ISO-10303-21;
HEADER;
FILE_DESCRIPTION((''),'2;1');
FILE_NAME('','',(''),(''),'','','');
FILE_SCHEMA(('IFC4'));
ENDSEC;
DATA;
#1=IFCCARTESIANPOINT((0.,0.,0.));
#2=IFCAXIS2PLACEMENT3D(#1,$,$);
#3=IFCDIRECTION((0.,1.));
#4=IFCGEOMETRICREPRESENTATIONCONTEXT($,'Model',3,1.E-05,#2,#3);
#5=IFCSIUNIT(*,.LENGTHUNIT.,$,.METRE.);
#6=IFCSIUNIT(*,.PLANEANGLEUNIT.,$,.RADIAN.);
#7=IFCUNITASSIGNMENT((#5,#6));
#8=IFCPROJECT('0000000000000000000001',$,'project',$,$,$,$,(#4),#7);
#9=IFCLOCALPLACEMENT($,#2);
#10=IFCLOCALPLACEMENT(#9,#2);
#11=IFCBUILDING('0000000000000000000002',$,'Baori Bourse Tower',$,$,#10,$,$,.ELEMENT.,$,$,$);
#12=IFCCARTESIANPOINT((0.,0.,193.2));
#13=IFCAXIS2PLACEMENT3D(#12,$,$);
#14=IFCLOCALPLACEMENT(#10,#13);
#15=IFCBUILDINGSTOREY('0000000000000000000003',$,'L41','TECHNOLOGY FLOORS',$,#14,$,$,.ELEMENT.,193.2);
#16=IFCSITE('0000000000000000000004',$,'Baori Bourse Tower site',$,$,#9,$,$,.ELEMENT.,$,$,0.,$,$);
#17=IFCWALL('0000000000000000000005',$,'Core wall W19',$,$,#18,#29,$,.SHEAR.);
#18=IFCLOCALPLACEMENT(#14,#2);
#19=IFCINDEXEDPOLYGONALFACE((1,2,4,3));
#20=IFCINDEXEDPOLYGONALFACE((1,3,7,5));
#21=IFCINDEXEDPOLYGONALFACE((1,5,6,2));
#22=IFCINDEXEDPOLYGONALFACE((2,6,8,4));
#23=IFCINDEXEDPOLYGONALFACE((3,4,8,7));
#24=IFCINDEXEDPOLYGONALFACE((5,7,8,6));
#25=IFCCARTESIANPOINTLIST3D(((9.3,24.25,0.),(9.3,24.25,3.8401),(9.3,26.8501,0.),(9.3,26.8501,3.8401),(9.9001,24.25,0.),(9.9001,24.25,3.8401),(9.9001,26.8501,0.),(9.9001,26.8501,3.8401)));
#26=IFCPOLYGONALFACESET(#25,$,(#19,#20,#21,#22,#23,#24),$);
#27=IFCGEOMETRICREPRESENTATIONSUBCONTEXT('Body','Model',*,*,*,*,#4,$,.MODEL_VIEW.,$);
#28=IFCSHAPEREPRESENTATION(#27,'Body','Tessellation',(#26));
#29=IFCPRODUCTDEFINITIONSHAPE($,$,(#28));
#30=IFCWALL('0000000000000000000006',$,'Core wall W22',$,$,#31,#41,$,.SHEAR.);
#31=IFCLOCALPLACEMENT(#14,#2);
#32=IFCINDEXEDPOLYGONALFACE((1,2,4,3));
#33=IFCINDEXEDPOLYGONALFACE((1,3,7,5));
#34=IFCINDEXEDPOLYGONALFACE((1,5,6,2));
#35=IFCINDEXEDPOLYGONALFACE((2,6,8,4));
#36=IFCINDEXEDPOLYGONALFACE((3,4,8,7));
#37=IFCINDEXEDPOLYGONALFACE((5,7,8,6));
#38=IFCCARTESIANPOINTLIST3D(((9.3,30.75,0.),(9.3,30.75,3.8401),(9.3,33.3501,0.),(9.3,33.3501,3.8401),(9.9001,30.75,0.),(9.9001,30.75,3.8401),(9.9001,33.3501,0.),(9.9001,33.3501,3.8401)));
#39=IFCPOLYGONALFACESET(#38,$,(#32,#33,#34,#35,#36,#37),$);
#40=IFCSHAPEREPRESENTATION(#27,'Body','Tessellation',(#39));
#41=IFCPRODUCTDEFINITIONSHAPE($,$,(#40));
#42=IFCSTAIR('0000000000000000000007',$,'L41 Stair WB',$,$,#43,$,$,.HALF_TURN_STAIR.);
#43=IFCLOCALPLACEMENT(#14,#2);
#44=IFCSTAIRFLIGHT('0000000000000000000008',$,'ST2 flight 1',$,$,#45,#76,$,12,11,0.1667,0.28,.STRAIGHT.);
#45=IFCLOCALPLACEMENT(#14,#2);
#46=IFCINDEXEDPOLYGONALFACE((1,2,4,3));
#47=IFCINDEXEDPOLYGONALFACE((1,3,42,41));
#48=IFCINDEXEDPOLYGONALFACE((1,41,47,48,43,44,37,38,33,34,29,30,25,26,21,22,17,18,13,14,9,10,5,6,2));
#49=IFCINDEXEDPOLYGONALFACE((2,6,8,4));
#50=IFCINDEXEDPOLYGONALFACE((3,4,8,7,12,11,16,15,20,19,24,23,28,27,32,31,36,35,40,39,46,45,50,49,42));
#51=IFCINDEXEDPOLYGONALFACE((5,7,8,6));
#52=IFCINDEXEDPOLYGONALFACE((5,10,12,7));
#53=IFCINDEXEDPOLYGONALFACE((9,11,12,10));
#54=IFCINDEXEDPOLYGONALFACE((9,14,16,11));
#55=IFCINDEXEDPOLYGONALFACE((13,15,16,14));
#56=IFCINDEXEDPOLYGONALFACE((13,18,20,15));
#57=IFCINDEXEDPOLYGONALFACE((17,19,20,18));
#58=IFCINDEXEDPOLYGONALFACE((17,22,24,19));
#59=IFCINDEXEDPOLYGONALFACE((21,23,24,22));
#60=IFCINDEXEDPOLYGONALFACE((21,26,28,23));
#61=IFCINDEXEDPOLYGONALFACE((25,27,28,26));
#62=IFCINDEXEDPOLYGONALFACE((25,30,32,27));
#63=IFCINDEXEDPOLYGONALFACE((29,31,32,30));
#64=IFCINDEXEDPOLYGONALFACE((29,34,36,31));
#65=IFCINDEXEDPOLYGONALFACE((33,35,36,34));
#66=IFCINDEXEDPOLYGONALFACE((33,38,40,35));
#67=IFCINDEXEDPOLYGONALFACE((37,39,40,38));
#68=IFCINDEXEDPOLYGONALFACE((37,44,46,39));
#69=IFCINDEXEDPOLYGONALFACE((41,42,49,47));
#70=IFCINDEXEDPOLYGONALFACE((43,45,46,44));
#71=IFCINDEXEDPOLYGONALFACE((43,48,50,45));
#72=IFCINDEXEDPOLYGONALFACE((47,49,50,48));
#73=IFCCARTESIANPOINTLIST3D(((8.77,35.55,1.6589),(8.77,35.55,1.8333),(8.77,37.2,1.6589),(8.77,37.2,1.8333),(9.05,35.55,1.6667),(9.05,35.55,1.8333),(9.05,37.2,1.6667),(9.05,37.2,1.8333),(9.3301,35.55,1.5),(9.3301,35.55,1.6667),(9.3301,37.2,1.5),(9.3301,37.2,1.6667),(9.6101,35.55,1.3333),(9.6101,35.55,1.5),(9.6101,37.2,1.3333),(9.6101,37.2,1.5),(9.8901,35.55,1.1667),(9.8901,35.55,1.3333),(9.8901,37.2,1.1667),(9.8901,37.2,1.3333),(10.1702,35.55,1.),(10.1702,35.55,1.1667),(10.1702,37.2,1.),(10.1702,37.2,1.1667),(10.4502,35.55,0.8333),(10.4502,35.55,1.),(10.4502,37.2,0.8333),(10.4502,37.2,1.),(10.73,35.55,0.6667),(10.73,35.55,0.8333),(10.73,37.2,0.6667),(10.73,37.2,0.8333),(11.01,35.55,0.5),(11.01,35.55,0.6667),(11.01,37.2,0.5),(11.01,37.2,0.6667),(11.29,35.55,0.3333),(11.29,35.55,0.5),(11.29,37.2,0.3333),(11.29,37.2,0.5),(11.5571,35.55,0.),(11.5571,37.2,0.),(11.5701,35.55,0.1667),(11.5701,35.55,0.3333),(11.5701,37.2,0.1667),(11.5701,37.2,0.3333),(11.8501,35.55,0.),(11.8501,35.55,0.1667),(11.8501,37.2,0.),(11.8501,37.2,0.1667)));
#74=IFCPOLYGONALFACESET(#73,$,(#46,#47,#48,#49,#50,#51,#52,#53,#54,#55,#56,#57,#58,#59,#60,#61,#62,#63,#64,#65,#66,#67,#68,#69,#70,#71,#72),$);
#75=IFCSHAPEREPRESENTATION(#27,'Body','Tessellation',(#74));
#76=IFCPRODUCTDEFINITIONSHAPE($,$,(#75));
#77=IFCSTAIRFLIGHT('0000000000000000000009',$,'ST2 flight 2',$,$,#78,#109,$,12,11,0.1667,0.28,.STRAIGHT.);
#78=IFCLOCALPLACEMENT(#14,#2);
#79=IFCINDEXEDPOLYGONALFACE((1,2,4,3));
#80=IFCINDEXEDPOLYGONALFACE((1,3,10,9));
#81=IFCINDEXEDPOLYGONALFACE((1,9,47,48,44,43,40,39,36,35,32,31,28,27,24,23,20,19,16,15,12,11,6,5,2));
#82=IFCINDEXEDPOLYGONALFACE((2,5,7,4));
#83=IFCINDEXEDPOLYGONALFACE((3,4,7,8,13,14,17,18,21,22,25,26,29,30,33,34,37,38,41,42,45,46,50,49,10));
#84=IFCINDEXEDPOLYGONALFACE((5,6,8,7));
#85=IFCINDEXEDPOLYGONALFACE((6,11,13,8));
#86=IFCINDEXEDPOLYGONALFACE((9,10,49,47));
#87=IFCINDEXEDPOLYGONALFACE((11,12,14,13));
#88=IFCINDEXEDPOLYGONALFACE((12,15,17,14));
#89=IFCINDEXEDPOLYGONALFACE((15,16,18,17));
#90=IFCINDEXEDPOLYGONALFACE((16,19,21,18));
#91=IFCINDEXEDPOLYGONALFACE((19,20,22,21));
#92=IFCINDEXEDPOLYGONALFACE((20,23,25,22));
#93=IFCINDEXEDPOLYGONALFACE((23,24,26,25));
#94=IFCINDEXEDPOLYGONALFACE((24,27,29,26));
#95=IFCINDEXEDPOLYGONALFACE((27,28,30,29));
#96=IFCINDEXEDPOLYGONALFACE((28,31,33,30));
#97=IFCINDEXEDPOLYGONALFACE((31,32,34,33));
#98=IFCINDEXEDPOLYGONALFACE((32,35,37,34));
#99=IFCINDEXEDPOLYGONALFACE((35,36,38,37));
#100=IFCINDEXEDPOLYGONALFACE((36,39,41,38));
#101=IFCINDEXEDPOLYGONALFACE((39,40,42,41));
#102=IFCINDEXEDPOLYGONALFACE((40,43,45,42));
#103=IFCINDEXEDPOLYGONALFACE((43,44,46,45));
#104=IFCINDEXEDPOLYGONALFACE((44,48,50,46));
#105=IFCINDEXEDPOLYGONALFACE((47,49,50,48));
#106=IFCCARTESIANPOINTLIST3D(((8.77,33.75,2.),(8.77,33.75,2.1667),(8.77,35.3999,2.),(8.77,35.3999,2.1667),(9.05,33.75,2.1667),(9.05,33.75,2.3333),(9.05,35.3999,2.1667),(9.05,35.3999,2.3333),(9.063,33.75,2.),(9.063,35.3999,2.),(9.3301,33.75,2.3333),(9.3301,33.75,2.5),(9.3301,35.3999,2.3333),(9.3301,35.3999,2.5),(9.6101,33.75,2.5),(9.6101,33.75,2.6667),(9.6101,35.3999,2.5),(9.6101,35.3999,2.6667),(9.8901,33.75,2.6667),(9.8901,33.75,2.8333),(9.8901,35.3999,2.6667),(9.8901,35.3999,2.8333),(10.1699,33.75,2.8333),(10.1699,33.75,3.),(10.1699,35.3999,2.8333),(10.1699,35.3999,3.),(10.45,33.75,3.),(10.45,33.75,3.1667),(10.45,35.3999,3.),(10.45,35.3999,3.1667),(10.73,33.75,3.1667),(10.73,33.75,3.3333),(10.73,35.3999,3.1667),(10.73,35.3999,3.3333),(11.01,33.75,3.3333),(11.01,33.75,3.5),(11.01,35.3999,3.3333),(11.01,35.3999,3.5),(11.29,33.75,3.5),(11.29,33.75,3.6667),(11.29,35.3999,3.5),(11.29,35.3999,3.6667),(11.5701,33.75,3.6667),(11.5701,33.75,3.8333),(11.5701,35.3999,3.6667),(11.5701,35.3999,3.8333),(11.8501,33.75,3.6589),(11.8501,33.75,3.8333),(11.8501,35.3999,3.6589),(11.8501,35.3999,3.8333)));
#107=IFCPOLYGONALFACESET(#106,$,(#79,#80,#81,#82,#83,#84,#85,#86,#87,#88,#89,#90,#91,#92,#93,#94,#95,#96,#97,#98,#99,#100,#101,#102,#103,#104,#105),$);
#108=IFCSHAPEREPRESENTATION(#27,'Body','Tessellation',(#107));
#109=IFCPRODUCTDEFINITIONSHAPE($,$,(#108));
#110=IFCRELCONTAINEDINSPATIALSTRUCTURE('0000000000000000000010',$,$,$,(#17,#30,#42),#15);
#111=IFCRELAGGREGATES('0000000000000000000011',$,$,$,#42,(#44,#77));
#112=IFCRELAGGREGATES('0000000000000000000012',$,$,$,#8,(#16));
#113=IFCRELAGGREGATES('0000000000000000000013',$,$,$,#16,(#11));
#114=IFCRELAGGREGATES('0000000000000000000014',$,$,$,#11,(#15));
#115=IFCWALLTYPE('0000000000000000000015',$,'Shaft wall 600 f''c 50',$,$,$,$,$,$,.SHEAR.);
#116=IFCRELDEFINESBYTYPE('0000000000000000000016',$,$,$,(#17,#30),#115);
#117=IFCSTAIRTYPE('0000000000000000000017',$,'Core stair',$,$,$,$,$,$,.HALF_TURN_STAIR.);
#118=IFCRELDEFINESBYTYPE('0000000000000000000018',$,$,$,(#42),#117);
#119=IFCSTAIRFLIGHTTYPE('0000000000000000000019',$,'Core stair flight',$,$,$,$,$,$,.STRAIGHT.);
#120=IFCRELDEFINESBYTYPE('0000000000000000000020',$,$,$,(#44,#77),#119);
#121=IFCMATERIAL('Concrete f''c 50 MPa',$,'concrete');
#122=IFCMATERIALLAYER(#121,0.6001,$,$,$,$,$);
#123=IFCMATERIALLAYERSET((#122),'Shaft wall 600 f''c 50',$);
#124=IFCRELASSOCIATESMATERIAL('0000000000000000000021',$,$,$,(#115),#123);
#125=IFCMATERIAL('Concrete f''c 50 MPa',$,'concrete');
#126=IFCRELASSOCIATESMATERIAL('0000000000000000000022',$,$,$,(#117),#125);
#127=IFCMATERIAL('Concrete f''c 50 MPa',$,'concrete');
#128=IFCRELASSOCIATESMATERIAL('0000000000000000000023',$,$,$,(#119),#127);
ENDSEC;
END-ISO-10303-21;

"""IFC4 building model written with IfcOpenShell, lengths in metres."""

from ifc_helpers import new_model, si_unit, direction, frame, frame_2d, origin, place, context, subcontext, project, spatial, polyline, rectangle, outline, extrude, material, layer, layer_set, type_object, element, aggregate, save


model = new_model("IFC4")

# Units and contexts
model_context = context("Model", 3, precision=1e-05, world=origin(), true_north=direction((0.0, 1.0)))
body_context = subcontext(model_context, "Body", "Model", "MODEL_VIEW")
ifc_project = project(units=[si_unit("LENGTHUNIT", "METRE"), si_unit("PLANEANGLEUNIT", "RADIAN")], contexts=[model_context])

# Site, building, storey
site_placement = place(None, origin())
site = spatial("IfcSite", under=ifc_project, at=site_placement, Name="Baori Bourse Tower site", CompositionType="ELEMENT", RefElevation=0.0)
building_placement = place(site_placement, origin())
building = spatial("IfcBuilding", under=site, at=building_placement, Name="Baori Bourse Tower", CompositionType="ELEMENT")
storey_placement = place(building_placement, frame((0.0, 0.0, 193.2)))
storey = spatial("IfcBuildingStorey", under=building, at=storey_placement, Name="L41", Description="TECHNOLOGY FLOORS", CompositionType="ELEMENT", Elevation=193.2)

# Walls
ifc_material_1 = material(Name="Concrete f'c 50 MPa", Category="concrete")
ifc_layer_1 = layer(ifc_material_1, 0.6001)
ifc_layer_set_1 = layer_set([ifc_layer_1], Name="Shaft wall 600 f'c 50")
wall_type_1 = type_object("IfcWallType", Name="Shaft wall 600 f'c 50", PredefinedType="SHEAR", material=ifc_layer_set_1)
for number, where, z_axis, x_axis, name in (
    (1, (9.6001, 24.25, 0.0), (0.0, 0.0, 1.0), (0.0, 1.0, 0.0), "Core wall W19"),
    (2, (9.6001, 30.75, 0.0), (0.0, 0.0, 1.0), (0.0, 1.0, 0.0), "Core wall W22"),
):
    element("IfcWall", number, at=place(storey_placement, frame(where, z_axis=z_axis, x_axis=x_axis)), inside=storey, type_object=wall_type_1, Name=name, PredefinedType="SHEAR", context=body_context, shape_type="SweptSolid", body=[
        extrude(rectangle(XDim=2.6001, YDim=0.6001, at=frame_2d((1.3, 0.0))), origin(), (0.0, 0.0, 1.0), 3.8401),
    ])

# Stair, stair flights
ifc_material_2 = material(Name="Concrete f'c 50 MPa", Category="concrete")
stair_type = type_object("IfcStairType", Name="Core stair", PredefinedType="HALF_TURN_STAIR", material=ifc_material_2)
stair_placement = place(storey_placement, origin())
stair = element("IfcStair", 3, at=stair_placement, inside=storey, type_object=stair_type, Name="L41 Stair WB", PredefinedType="HALF_TURN_STAIR")
ifc_material_3 = material(Name="Concrete f'c 50 MPa", Category="concrete")
stair_flight_type = type_object("IfcStairFlightType", Name="Core stair flight", PredefinedType="STRAIGHT", material=ifc_material_3)
stair_flight_1_placement = place(storey_placement, frame((11.8501, 36.375, 0.0), z_axis=(0.0, 0.0, 1.0), x_axis=(-1.0, 0.0, 0.0)))
stair_flight_1 = element("IfcStairFlight", 4, at=stair_flight_1_placement, type_object=stair_flight_type, Name="ST2 flight 1", NumberOfRisers=12, NumberOfTreads=11, PredefinedType="STRAIGHT", RiserHeight=0.1667, TreadLength=0.28, context=body_context, shape_type="SweptSolid", body=[
    extrude(outline(polyline([(0.0, 0.0), (0.0, 0.1667), (0.28, 0.1667), (0.28, 0.3333), (0.5601, 0.3333), (0.5601, 0.5), (0.8401, 0.5), (0.8401, 0.6667), (1.1201, 0.6667), (1.1201, 0.8333), (1.3999, 0.8333), (1.3999, 1.0), (1.6799, 1.0), (1.6799, 1.1667), (1.96, 1.1667), (1.96, 1.3333), (2.24, 1.3333), (2.24, 1.5), (2.52, 1.5), (2.52, 1.6667), (2.8, 1.6667), (2.8, 1.8333), (3.0801, 1.8333), (3.0801, 2.0), (3.0801, 1.6589), (0.293, 0.0), (0.0, 0.0)])), frame((0.0, 0.825, 0.0), z_axis=(0.0, -1.0, 0.0), x_axis=(1.0, 0.0, 0.0)), (0.0, 0.0, 1.0), 1.6499),
])
stair_flight_2_placement = place(storey_placement, frame((8.77, 34.575, 2.0), z_axis=(0.0, 0.0, 1.0), x_axis=(1.0, 0.0, 0.0)))
stair_flight_2 = element("IfcStairFlight", 5, at=stair_flight_2_placement, type_object=stair_flight_type, Name="ST2 flight 2", NumberOfRisers=12, NumberOfTreads=11, PredefinedType="STRAIGHT", RiserHeight=0.1667, TreadLength=0.28, context=body_context, shape_type="SweptSolid", body=[
    extrude(outline(polyline([(0.0, 0.0), (0.0, 0.1667), (0.28, 0.1667), (0.28, 0.3333), (0.5601, 0.3333), (0.5601, 0.5), (0.8401, 0.5), (0.8401, 0.6667), (1.1201, 0.6667), (1.1201, 0.8333), (1.3999, 0.8333), (1.3999, 1.0), (1.6799, 1.0), (1.6799, 1.1667), (1.96, 1.1667), (1.96, 1.3333), (2.24, 1.3333), (2.24, 1.5), (2.52, 1.5), (2.52, 1.6667), (2.8, 1.6667), (2.8, 1.8333), (3.0801, 1.8333), (3.0801, 2.0), (3.0801, 1.6589), (0.293, 0.0), (0.0, 0.0)])), frame((0.0, 0.825, 0.0), z_axis=(0.0, -1.0, 0.0), x_axis=(1.0, 0.0, 0.0)), (0.0, 0.0, 1.0), 1.6499),
])
aggregate(stair, [stair_flight_1, stair_flight_2])

save(model, "model.ifc")
